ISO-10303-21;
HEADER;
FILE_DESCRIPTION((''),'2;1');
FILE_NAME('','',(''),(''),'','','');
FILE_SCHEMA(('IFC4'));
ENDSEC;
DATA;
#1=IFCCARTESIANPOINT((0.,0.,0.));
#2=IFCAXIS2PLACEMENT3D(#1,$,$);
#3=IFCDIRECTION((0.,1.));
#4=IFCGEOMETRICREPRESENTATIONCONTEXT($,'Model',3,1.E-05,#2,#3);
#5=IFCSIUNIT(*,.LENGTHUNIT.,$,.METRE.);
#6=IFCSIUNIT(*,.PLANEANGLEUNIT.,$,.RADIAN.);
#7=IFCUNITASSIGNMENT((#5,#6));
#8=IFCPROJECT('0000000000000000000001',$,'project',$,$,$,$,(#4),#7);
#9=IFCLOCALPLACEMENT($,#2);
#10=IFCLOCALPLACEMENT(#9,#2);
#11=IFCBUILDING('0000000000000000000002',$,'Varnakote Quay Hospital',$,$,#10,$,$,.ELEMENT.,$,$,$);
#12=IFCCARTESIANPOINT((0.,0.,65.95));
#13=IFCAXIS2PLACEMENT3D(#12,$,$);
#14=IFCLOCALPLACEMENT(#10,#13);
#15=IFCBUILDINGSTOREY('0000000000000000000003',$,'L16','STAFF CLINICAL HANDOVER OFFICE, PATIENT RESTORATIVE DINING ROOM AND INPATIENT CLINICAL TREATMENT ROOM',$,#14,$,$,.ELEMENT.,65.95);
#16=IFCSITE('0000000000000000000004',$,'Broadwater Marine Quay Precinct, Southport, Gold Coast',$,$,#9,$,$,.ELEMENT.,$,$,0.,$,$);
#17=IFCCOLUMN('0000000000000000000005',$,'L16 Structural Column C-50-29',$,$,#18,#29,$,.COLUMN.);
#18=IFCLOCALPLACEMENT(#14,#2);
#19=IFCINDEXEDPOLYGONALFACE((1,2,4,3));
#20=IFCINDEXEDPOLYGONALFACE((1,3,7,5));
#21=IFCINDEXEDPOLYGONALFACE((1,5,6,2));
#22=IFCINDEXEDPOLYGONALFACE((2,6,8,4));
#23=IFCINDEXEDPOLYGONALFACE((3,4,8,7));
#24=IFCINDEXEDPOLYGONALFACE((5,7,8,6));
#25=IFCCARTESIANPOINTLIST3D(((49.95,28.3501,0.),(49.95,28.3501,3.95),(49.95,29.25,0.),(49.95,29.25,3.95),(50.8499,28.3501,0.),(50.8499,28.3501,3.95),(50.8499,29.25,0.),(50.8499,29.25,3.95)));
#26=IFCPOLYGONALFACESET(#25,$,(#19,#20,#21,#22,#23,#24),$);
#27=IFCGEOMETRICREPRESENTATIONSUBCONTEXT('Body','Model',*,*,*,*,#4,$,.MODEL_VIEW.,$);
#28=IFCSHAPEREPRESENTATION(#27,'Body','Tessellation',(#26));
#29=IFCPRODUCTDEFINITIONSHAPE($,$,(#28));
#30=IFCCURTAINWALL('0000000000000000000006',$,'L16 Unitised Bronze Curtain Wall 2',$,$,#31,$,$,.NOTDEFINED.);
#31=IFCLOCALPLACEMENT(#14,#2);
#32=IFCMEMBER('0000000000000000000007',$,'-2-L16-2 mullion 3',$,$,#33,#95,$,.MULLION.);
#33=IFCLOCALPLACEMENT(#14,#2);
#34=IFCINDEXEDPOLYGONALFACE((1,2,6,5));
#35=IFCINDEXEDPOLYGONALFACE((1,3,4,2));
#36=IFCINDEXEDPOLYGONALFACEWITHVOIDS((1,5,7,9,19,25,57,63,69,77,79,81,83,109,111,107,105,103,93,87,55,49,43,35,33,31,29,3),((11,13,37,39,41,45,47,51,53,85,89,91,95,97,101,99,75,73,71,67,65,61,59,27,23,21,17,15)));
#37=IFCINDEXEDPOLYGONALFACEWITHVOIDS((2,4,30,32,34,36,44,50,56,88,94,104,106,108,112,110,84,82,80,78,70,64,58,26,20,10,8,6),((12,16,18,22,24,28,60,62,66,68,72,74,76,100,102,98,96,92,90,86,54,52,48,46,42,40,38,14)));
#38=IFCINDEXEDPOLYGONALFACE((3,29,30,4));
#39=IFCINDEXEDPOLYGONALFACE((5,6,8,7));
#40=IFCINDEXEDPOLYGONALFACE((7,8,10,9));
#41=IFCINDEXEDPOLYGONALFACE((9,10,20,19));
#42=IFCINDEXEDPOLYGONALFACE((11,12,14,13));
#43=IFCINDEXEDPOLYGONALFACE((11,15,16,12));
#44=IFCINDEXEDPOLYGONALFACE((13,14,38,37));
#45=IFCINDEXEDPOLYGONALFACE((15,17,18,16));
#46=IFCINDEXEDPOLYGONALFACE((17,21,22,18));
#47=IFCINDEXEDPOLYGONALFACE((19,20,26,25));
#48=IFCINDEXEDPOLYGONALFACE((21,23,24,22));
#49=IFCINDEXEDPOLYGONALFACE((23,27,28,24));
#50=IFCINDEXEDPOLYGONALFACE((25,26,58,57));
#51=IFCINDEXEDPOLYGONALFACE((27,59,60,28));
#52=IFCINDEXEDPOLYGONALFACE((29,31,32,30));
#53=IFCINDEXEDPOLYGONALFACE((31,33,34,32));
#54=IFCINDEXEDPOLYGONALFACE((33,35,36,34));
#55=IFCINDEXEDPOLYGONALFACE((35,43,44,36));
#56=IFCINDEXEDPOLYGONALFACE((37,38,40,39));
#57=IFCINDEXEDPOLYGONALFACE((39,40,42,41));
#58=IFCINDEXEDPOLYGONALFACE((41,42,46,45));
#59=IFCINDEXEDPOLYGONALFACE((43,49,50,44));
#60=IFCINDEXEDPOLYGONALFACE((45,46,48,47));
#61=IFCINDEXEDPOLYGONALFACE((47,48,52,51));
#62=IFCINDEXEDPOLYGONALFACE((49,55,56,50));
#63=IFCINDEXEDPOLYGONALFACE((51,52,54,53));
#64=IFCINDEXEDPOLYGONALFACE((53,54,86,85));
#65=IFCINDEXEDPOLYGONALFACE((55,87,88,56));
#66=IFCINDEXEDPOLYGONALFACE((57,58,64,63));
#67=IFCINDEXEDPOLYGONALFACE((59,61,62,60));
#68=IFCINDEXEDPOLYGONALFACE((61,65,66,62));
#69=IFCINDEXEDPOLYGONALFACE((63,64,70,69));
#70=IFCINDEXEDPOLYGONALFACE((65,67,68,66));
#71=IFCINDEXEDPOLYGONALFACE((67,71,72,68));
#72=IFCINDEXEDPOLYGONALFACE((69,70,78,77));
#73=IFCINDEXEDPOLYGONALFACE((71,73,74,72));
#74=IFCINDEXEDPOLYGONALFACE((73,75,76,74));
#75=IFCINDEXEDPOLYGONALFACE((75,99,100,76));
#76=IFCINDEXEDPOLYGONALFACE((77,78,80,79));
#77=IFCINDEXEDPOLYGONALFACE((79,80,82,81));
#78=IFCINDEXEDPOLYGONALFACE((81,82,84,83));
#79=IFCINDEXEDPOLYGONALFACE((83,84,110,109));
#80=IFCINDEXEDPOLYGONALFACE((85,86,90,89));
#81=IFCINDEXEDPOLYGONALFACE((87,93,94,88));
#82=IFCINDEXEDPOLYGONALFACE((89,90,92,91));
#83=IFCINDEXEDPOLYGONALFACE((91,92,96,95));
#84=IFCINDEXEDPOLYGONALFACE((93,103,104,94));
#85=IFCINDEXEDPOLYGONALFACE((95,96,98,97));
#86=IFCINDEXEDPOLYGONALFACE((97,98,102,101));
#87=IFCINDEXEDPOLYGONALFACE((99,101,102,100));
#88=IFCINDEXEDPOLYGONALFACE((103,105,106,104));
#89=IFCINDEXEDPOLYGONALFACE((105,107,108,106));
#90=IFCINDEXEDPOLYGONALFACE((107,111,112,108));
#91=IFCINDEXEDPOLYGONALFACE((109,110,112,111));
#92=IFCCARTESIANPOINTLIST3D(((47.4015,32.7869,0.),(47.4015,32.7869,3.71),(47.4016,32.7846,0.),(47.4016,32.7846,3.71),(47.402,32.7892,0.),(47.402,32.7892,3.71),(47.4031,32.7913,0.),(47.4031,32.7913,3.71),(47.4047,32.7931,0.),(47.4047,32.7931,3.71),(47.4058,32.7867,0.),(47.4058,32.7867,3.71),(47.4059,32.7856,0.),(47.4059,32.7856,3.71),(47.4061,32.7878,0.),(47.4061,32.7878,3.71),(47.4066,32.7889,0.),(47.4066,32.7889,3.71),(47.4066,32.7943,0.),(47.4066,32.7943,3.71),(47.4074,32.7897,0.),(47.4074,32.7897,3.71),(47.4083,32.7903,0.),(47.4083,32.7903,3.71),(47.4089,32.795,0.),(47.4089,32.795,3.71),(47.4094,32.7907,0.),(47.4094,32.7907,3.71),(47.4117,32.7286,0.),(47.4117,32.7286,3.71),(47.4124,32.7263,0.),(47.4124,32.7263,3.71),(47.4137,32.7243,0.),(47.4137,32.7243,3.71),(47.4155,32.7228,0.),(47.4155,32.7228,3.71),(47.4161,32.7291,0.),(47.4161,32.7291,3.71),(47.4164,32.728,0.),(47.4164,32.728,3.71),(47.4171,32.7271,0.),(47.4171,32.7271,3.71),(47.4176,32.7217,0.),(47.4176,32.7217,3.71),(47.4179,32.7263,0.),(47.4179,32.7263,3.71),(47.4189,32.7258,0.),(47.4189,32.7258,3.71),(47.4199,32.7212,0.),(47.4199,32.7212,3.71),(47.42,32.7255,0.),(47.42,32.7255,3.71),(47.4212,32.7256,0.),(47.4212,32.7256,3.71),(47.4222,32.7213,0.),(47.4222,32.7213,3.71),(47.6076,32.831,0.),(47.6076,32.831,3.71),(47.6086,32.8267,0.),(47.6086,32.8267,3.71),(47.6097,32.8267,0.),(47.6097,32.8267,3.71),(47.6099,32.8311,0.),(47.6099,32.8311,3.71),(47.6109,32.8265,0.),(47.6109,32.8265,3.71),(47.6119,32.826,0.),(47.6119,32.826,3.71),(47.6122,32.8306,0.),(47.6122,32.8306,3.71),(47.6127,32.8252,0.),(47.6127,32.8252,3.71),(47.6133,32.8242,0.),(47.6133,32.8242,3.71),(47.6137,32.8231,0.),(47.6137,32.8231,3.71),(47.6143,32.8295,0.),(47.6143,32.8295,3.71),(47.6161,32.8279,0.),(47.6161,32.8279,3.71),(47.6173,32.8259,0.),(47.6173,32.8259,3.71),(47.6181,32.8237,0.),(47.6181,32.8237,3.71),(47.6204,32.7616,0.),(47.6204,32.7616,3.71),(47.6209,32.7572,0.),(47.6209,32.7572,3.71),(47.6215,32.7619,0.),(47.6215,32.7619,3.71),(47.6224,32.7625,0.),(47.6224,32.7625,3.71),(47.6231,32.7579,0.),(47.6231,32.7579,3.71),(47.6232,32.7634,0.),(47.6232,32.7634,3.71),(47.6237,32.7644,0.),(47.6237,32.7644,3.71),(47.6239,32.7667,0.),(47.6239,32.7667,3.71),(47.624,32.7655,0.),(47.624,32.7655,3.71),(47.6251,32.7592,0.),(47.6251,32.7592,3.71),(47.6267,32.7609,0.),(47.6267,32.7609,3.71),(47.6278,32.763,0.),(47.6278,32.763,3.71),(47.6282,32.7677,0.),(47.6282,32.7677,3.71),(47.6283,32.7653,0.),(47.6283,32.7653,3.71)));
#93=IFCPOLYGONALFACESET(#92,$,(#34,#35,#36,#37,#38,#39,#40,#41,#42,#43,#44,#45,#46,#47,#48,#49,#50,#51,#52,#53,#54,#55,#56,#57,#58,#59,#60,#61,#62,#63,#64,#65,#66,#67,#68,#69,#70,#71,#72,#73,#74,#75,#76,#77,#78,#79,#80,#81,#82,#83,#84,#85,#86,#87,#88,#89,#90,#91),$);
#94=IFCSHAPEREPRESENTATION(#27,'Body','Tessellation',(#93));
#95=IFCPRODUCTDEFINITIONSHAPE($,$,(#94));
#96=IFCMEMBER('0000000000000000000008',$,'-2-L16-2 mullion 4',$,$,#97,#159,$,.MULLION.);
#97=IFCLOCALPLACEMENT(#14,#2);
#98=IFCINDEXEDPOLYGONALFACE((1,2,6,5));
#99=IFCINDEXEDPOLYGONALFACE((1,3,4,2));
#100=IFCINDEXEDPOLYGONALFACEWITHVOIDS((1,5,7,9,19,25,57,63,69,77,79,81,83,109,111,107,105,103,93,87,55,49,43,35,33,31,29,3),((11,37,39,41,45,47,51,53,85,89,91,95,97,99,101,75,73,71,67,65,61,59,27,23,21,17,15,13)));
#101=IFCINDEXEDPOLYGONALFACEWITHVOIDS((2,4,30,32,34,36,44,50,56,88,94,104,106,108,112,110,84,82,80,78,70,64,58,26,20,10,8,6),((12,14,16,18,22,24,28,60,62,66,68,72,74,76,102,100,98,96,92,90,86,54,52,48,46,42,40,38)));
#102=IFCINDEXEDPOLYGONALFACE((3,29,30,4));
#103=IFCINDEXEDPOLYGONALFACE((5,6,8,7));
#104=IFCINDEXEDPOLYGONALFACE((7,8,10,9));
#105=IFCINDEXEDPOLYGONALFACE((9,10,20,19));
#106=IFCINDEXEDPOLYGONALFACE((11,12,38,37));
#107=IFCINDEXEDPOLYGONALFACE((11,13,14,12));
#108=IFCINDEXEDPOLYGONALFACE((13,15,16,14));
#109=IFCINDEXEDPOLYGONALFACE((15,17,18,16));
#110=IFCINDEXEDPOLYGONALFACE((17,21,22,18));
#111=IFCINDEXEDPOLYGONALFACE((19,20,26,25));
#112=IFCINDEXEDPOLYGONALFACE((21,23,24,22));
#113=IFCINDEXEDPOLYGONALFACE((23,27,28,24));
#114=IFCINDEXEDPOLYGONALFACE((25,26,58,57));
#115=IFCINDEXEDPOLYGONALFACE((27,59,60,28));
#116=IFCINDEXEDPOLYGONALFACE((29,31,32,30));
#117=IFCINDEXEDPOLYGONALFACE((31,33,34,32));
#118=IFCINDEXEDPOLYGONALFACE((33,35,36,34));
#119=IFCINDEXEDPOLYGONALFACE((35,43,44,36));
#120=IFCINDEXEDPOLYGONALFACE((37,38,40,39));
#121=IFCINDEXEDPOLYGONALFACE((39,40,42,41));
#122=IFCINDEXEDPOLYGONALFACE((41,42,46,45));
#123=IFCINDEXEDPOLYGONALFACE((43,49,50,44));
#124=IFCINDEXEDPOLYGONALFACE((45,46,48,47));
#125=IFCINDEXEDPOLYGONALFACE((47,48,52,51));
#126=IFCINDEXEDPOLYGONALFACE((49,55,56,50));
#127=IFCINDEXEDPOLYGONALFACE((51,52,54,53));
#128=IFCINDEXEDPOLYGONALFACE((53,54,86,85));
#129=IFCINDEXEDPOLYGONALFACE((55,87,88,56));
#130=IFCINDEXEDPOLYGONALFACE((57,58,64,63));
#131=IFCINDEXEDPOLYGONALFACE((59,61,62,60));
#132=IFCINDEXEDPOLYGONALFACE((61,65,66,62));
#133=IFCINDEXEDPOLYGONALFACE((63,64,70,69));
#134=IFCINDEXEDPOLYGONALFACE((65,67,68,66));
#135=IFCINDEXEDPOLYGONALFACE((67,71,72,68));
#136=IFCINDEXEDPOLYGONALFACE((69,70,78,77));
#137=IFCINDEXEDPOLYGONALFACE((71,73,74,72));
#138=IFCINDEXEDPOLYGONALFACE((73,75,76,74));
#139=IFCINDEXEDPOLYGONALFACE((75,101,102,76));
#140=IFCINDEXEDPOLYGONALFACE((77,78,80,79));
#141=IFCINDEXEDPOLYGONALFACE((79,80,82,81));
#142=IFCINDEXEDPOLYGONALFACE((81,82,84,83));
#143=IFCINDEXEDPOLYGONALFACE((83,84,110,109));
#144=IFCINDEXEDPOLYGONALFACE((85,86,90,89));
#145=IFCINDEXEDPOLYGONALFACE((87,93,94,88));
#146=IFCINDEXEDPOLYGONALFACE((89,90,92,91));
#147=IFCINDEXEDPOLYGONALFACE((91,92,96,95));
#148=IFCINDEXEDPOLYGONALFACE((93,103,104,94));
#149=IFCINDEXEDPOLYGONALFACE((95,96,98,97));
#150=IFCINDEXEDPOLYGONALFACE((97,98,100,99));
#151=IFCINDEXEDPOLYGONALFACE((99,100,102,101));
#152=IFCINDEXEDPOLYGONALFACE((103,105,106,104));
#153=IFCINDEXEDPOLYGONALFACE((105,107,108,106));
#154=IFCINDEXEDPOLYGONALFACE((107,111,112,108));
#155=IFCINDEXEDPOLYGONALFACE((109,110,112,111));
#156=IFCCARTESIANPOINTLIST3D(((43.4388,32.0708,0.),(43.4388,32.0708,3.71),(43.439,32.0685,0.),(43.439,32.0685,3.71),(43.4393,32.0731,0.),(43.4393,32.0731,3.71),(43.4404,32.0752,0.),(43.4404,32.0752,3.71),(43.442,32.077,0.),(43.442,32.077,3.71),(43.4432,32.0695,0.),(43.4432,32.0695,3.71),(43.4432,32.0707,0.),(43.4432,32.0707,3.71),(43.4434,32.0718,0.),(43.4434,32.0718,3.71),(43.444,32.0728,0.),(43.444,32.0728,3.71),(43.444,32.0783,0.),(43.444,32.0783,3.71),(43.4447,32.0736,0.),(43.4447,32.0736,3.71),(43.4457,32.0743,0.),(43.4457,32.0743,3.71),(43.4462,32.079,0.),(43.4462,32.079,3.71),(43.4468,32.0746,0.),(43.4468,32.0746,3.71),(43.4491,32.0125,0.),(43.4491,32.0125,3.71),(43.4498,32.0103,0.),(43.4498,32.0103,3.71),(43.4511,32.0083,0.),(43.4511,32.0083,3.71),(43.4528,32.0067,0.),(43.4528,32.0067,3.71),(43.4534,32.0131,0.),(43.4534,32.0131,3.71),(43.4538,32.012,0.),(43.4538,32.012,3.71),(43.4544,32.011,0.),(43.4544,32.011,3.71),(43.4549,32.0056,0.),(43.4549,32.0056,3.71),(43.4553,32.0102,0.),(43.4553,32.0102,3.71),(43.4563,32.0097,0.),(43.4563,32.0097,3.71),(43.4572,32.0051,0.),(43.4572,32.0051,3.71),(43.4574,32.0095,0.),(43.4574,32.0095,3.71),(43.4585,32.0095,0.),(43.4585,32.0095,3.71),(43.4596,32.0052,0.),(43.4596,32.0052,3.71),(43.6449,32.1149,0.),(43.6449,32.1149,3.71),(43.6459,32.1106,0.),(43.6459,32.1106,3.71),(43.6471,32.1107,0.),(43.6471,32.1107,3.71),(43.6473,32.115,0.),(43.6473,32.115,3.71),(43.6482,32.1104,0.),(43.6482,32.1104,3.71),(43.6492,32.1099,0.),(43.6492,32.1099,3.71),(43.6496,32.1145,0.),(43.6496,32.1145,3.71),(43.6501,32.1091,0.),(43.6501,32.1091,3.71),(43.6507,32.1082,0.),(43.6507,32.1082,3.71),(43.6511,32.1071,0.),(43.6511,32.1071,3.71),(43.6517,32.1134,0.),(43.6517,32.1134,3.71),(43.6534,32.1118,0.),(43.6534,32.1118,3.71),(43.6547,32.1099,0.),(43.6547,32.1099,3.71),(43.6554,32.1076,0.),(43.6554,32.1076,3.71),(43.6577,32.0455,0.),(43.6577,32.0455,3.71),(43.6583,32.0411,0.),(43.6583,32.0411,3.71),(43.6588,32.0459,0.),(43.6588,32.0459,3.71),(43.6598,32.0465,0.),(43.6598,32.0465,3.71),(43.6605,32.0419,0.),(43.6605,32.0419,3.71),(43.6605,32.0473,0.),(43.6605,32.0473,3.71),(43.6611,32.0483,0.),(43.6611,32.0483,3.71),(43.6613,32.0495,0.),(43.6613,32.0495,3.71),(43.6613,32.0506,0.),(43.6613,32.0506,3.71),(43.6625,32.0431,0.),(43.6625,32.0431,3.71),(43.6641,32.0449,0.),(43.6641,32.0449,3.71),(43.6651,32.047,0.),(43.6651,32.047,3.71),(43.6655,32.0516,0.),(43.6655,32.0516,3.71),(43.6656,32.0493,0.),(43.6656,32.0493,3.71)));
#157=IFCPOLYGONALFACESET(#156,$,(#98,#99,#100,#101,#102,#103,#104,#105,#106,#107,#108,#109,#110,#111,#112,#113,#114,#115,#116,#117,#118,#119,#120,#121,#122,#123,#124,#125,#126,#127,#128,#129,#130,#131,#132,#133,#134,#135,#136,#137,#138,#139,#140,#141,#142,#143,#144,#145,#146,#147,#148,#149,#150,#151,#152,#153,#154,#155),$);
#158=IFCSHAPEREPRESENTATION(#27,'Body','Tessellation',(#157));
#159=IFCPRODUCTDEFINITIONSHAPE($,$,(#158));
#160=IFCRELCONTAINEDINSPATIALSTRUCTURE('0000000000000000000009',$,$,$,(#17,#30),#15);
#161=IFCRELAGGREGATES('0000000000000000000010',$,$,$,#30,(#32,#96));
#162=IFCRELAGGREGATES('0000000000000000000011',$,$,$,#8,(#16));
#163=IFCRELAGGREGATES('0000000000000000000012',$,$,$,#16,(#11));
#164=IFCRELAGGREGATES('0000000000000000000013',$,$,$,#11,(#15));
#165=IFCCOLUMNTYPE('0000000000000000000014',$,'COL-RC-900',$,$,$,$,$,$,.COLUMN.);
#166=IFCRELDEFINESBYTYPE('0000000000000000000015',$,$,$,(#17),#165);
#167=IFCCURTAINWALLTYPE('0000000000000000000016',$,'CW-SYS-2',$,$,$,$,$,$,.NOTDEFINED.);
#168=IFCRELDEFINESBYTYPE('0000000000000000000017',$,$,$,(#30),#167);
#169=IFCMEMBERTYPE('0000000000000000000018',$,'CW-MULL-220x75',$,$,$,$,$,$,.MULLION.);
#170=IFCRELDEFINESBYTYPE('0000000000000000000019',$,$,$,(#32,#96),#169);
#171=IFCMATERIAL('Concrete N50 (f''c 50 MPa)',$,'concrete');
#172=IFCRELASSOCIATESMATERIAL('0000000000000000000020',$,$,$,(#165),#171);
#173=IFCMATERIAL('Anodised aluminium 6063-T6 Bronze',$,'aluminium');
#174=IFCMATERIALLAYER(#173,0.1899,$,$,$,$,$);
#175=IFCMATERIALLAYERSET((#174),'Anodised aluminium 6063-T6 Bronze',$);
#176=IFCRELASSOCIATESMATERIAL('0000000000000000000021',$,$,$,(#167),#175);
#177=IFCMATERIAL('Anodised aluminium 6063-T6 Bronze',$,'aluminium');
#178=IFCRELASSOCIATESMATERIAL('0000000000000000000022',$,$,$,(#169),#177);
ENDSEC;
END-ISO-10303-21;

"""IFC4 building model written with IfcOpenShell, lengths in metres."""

from ifc_helpers import new_model, si_unit, direction, frame, origin, origin_2d, place, context, subcontext, project, spatial, rectangle, hollow_rectangle, extrude, material, layer, layer_set, material_profile, profile_set, type_object, element, aggregate, save


model = new_model("IFC4")

# Units and contexts
model_context = context("Model", 3, precision=1e-05, world=origin(), true_north=direction((0.0, 1.0)))
body_context = subcontext(model_context, "Body", "Model", "MODEL_VIEW")
ifc_project = project(units=[si_unit("LENGTHUNIT", "METRE"), si_unit("PLANEANGLEUNIT", "RADIAN")], contexts=[model_context])

# Site, building, storey
site_placement = place(None, origin())
site = spatial("IfcSite", under=ifc_project, at=site_placement, Name="Broadwater Marine Quay Precinct, Southport, Gold Coast", CompositionType="ELEMENT", RefElevation=0.0)
building_placement = place(site_placement, origin())
building = spatial("IfcBuilding", under=site, at=building_placement, Name="Varnakote Quay Hospital", CompositionType="ELEMENT")
storey_placement = place(building_placement, frame((0.0, 0.0, 65.95)))
storey = spatial("IfcBuildingStorey", under=building, at=storey_placement, Name="L16", Description="STAFF CLINICAL HANDOVER OFFICE, PATIENT RESTORATIVE DINING ROOM AND INPATIENT CLINICAL TREATMENT ROOM", CompositionType="ELEMENT", Elevation=65.95)

# Column
ifc_material_1 = material(Name="Concrete N50 (f'c 50 MPa)", Category="concrete")
ifc_material_profile_1 = material_profile(ifc_material_1, rectangle(XDim=0.8999, YDim=0.8999, at=origin_2d()), Name="RC-COL-900x900")
ifc_profile_set_1 = profile_set([ifc_material_profile_1], Name="Concrete N50 (f'c 50 MPa)")
column_type = type_object("IfcColumnType", Name="COL-RC-900", PredefinedType="COLUMN", material=ifc_profile_set_1)
column_placement = place(storey_placement, frame((50.3999, 28.8, 0.0), z_axis=(0.0, 0.0, 1.0), x_axis=(1.0, 0.0, 0.0)))
element("IfcColumn", 1, at=column_placement, inside=storey, type_object=column_type, Name="L16 Structural Column C-50-29", PredefinedType="COLUMN", context=body_context, shape_type="SweptSolid", body=[
    extrude(rectangle(XDim=0.8999, YDim=0.8999, at=origin_2d()), origin(), (0.0, 0.0, 1.0), 3.95),
])

# Curtain wall, members
ifc_material_2 = material(Name="Anodised aluminium 6063-T6 Bronze", Category="aluminium")
ifc_layer_1 = layer(ifc_material_2, 0.1899)
ifc_layer_set_1 = layer_set([ifc_layer_1], Name="Anodised aluminium 6063-T6 Bronze")
curtain_wall_type = type_object("IfcCurtainWallType", Name="CW-SYS-2", PredefinedType="NOTDEFINED", material=ifc_layer_set_1)
curtain_wall_placement = place(storey_placement, origin())
curtain_wall = element("IfcCurtainWall", 2, at=curtain_wall_placement, inside=storey, type_object=curtain_wall_type, Name="L16 Unitised Bronze Curtain Wall 2", PredefinedType="NOTDEFINED")
ifc_material_3 = material(Name="Anodised aluminium 6063-T6 Bronze", Category="aluminium")
ifc_material_profile_2 = material_profile(ifc_material_3, hollow_rectangle(XDim=0.075, YDim=0.22, WallThickness=0.0044, InnerFilletRadius=0.0044, OuterFilletRadius=0.009, at=origin_2d()), Name="CW-MULL-220x75")
ifc_profile_set_2 = profile_set([ifc_material_profile_2], Name="Anodised aluminium 6063-T6 Bronze")
member_type_1 = type_object("IfcMemberType", Name="CW-MULL-220x75", PredefinedType="MULLION", material=ifc_profile_set_2)
member_1_placement = place(storey_placement, frame((47.5149, 32.7761, 0.0), z_axis=(0.0, 0.0, 1.0), x_axis=(0.177846, -0.984058, 0.0)))
member_1 = element("IfcMember", 3, at=member_1_placement, type_object=member_type_1, Name="-2-L16-2 mullion 3", PredefinedType="MULLION", context=body_context, shape_type="SweptSolid", body=[
    extrude(hollow_rectangle(XDim=0.075, YDim=0.22, WallThickness=0.0044, InnerFilletRadius=0.0044, OuterFilletRadius=0.009, at=origin_2d()), origin(), (0.0, 0.0, 1.0), 3.71),
])
member_2_placement = place(storey_placement, frame((43.5522, 32.0601, 0.0), z_axis=(0.0, 0.0, 1.0), x_axis=(0.177846, -0.984058, 0.0)))
member_2 = element("IfcMember", 4, at=member_2_placement, type_object=member_type_1, Name="-2-L16-2 mullion 4", PredefinedType="MULLION", context=body_context, shape_type="SweptSolid", body=[
    extrude(hollow_rectangle(XDim=0.075, YDim=0.22, WallThickness=0.0044, InnerFilletRadius=0.0044, OuterFilletRadius=0.009, at=origin_2d()), origin(), (0.0, 0.0, 1.0), 3.71),
])
aggregate(curtain_wall, [member_1, member_2])

save(model, "model.ifc")
